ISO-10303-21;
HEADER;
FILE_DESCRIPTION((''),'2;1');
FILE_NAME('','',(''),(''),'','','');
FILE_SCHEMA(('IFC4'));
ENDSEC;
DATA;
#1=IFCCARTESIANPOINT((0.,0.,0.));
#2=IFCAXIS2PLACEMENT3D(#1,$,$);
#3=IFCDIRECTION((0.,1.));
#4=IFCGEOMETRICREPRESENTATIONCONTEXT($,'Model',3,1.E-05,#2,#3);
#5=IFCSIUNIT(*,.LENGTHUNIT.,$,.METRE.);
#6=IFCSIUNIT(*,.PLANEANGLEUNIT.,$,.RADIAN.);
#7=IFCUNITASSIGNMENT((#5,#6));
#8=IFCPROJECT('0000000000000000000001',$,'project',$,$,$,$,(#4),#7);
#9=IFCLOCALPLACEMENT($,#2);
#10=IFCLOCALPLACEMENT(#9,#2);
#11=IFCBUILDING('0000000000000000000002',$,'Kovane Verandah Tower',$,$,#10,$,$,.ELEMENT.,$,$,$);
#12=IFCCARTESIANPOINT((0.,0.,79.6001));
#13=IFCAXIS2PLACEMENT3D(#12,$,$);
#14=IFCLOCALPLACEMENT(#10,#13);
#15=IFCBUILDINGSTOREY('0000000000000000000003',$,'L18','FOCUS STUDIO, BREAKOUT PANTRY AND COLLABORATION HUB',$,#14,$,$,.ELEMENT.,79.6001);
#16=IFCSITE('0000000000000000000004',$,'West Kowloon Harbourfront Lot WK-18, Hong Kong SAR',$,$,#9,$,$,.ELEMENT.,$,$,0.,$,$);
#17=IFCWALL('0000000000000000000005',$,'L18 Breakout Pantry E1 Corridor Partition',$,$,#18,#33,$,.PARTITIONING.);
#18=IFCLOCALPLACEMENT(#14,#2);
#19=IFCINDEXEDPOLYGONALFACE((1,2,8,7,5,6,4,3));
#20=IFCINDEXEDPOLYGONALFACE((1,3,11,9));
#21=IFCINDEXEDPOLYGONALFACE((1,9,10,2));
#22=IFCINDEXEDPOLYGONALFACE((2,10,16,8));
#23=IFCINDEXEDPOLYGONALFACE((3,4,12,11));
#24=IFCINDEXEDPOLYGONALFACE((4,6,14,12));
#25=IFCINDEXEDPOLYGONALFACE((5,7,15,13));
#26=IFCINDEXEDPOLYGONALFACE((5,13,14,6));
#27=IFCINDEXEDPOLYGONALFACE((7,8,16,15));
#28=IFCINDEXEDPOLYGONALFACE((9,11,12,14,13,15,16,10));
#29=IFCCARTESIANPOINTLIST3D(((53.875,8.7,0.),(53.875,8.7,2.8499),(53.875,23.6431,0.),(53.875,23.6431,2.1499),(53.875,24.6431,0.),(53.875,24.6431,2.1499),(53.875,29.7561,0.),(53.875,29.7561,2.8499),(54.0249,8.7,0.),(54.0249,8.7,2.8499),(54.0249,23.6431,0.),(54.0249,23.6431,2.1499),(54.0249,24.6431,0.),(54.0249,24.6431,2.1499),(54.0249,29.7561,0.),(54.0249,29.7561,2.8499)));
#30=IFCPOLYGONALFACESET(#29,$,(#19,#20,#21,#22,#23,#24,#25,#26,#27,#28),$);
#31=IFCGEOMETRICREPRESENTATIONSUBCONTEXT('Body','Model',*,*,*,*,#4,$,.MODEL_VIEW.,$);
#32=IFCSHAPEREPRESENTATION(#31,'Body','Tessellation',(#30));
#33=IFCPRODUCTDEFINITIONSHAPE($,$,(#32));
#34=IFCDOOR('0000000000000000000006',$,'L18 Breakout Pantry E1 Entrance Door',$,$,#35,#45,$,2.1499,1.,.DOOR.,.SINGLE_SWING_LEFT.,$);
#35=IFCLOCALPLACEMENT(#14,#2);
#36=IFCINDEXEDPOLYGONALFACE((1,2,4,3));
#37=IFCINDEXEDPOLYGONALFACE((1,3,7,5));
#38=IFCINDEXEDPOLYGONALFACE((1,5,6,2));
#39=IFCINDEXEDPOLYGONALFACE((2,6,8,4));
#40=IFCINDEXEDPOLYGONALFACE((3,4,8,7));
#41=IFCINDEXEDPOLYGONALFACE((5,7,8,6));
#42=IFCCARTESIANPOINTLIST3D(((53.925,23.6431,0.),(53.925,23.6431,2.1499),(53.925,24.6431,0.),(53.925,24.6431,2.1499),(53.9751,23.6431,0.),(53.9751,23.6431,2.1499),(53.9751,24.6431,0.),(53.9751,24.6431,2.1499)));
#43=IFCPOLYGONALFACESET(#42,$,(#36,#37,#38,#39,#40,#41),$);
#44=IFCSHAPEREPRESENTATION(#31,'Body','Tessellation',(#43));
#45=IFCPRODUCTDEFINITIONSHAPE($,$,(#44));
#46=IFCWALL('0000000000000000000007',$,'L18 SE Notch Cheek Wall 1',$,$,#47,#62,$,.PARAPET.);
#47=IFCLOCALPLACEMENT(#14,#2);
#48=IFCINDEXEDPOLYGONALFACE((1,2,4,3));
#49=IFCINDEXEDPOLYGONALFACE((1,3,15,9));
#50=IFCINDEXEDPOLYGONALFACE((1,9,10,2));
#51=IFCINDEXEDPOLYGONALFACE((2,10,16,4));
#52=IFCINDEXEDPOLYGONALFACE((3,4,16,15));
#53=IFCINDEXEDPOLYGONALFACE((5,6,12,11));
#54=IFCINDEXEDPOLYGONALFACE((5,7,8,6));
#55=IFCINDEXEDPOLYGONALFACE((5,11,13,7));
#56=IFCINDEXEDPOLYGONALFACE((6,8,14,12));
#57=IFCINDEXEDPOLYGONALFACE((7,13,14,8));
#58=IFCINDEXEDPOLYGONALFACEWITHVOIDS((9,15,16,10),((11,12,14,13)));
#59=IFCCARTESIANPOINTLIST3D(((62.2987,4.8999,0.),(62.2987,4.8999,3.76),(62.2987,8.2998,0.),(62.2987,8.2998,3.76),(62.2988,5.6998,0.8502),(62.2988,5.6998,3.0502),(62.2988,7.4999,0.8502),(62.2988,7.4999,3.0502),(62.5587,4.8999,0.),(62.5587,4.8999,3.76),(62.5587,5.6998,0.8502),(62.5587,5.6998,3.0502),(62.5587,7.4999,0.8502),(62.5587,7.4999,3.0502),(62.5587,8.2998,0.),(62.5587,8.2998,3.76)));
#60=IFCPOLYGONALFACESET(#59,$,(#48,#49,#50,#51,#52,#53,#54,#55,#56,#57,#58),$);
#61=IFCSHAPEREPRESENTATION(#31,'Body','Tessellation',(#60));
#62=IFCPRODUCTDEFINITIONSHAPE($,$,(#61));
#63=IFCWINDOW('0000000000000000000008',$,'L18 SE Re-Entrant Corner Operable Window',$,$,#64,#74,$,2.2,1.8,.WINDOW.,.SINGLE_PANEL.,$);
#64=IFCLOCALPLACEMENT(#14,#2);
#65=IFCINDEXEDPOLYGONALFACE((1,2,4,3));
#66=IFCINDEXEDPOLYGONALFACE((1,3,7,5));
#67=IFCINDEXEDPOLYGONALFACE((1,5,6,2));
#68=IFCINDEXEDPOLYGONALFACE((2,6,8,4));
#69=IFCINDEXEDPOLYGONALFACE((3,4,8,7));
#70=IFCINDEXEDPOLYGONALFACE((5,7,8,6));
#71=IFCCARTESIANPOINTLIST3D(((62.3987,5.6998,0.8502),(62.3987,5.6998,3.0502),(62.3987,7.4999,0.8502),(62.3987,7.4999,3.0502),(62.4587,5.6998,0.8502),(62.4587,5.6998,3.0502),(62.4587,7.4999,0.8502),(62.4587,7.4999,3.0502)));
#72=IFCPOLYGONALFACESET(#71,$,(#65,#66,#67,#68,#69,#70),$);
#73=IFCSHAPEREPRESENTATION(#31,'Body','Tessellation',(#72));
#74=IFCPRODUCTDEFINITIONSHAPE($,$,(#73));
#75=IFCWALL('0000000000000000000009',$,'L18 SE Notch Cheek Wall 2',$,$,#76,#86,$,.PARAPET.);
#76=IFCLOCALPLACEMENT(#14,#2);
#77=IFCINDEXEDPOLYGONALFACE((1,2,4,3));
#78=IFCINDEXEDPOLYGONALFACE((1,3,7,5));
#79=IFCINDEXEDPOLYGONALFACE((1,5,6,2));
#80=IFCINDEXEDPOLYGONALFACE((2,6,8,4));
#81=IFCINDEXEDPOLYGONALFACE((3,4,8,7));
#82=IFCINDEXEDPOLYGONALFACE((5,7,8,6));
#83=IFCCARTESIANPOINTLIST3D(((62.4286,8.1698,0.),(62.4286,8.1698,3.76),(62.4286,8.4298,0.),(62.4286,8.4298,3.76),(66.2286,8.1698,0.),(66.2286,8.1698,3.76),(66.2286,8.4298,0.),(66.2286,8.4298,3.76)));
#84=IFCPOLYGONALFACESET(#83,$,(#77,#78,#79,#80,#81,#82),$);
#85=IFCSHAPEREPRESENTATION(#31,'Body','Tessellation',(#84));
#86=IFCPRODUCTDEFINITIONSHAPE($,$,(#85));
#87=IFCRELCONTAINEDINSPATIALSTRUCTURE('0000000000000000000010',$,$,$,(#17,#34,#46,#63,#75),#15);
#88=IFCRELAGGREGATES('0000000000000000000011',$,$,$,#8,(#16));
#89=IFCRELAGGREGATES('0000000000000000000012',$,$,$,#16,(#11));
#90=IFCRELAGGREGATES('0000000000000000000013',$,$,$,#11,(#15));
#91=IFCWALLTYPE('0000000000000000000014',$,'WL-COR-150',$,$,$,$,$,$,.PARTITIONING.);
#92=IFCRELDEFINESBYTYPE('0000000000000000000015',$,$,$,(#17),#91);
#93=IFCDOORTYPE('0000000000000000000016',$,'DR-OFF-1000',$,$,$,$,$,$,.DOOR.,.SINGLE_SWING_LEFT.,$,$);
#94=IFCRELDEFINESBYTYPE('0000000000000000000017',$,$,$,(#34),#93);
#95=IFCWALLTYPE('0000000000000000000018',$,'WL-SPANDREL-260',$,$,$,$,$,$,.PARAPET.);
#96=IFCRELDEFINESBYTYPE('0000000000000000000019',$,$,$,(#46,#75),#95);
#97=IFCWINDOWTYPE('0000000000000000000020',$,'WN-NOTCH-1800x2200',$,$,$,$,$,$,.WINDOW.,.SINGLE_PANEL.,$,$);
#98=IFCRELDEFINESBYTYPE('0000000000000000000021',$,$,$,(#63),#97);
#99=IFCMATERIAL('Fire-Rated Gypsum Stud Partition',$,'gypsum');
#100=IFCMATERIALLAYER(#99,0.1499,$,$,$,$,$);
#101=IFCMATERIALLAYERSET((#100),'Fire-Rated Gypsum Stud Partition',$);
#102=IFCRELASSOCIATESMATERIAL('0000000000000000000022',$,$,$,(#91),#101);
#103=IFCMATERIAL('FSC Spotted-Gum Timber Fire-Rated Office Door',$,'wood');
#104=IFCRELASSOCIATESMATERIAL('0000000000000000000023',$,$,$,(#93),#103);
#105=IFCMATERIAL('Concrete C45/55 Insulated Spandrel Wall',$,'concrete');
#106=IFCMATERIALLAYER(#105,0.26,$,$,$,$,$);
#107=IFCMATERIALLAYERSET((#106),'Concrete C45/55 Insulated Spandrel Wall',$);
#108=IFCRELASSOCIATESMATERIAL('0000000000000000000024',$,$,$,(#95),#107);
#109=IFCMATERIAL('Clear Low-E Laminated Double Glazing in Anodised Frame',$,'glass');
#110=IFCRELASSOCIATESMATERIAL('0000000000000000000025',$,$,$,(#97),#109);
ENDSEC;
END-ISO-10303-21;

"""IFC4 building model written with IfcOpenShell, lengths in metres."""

from ifc_helpers import new_model, si_unit, direction, frame, frame_2d, origin, place, context, subcontext, project, spatial, rectangle, extrude, material, layer, layer_set, type_object, element, fill, save


model = new_model("IFC4")

# Units and contexts
model_context = context("Model", 3, precision=1e-05, world=origin(), true_north=direction((0.0, 1.0)))
body_context = subcontext(model_context, "Body", "Model", "MODEL_VIEW")
ifc_project = project(units=[si_unit("LENGTHUNIT", "METRE"), si_unit("PLANEANGLEUNIT", "RADIAN")], contexts=[model_context])

# Site, building, storey
site_placement = place(None, origin())
site = spatial("IfcSite", under=ifc_project, at=site_placement, Name="West Kowloon Harbourfront Lot WK-18, Hong Kong SAR", CompositionType="ELEMENT", RefElevation=0.0)
building_placement = place(site_placement, origin())
building = spatial("IfcBuilding", under=site, at=building_placement, Name="Kovane Verandah Tower", CompositionType="ELEMENT")
storey_placement = place(building_placement, frame((0.0, 0.0, 79.6001)))
storey = spatial("IfcBuildingStorey", under=building, at=storey_placement, Name="L18", Description="FOCUS STUDIO, BREAKOUT PANTRY AND COLLABORATION HUB", CompositionType="ELEMENT", Elevation=79.6001)

# Wall, opening, door
ifc_material_1 = material(Name="Fire-Rated Gypsum Stud Partition", Category="gypsum")
ifc_layer_1 = layer(ifc_material_1, 0.1499)
ifc_layer_set_1 = layer_set([ifc_layer_1], Name="Fire-Rated Gypsum Stud Partition")
wall_type_1 = type_object("IfcWallType", Name="WL-COR-150", PredefinedType="PARTITIONING", material=ifc_layer_set_1)
wall_1_placement = place(storey_placement, frame((53.95, 8.7, 0.0), z_axis=(0.0, 0.0, 1.0), x_axis=(0.0, 1.0, 0.0)))
wall_1 = element("IfcWall", 1, at=wall_1_placement, inside=storey, type_object=wall_type_1, Name="L18 Breakout Pantry E1 Corridor Partition", PredefinedType="PARTITIONING", context=body_context, shape_type="SweptSolid", body=[
    extrude(rectangle(XDim=21.0562, YDim=0.1499, at=frame_2d((10.5281, 0.0))), origin(), (0.0, 0.0, 1.0), 2.8499),
])
opening_1_placement = place(wall_1_placement, frame((14.9431, 0.0, 0.0)))
opening_1 = element("IfcOpeningElement", 2, at=opening_1_placement, cuts=wall_1, PredefinedType="OPENING", context=body_context, shape_type="SweptSolid", body=[
    extrude(rectangle(XDim=1.0, YDim=2.1499, at=frame_2d((0.5, 1.075))), frame((0.0, 0.075, 0.0), z_axis=(0.0, -1.0, 0.0), x_axis=(1.0, 0.0, 0.0)), (0.0, 0.0, 1.0), 0.1499),
])
ifc_material_2 = material(Name="FSC Spotted-Gum Timber Fire-Rated Office Door", Category="wood")
door_type = type_object("IfcDoorType", Name="DR-OFF-1000", OperationType="SINGLE_SWING_LEFT", PredefinedType="DOOR", material=ifc_material_2)
door_placement = place(opening_1_placement, origin())
door = element("IfcDoor", 3, at=door_placement, inside=storey, type_object=door_type, Name="L18 Breakout Pantry E1 Entrance Door", OperationType="SINGLE_SWING_LEFT", OverallHeight=2.1499, OverallWidth=1.0, PredefinedType="DOOR", context=body_context, shape_type="SweptSolid", body=[
    extrude(rectangle(XDim=1.0, YDim=2.1499, at=frame_2d((0.5, 1.075))), frame((0.0, 0.0249, 0.0), z_axis=(0.0, -1.0, 0.0), x_axis=(1.0, 0.0, 0.0)), (0.0, 0.0, 1.0), 0.05),
])
fill(opening_1, door)

# Wall, opening, window
ifc_material_3 = material(Name="Concrete C45/55 Insulated Spandrel Wall", Category="concrete")
ifc_layer_2 = layer(ifc_material_3, 0.26)
ifc_layer_set_2 = layer_set([ifc_layer_2], Name="Concrete C45/55 Insulated Spandrel Wall")
wall_type_2 = type_object("IfcWallType", Name="WL-SPANDREL-260", PredefinedType="PARAPET", material=ifc_layer_set_2)
wall_2_placement = place(storey_placement, frame((62.4287, 4.8999, 0.0), z_axis=(0.0, 0.0, 1.0), x_axis=(0.0, 1.0, 0.0)))
wall_2 = element("IfcWall", 4, at=wall_2_placement, inside=storey, type_object=wall_type_2, Name="L18 SE Notch Cheek Wall 1", PredefinedType="PARAPET", context=body_context, shape_type="SweptSolid", body=[
    extrude(rectangle(XDim=3.3999, YDim=0.26, at=frame_2d((1.7, 0.0))), origin(), (0.0, 0.0, 1.0), 3.76),
])
opening_2_placement = place(wall_2_placement, frame((0.8, 0.0, 0.8501)))
opening_2 = element("IfcOpeningElement", 5, at=opening_2_placement, cuts=wall_2, PredefinedType="OPENING", context=body_context, shape_type="SweptSolid", body=[
    extrude(rectangle(XDim=1.8, YDim=2.2, at=frame_2d((0.8999, 1.1001))), frame((0.0, 0.1299, 0.0), z_axis=(0.0, -1.0, 0.0), x_axis=(1.0, 0.0, 0.0)), (0.0, 0.0, 1.0), 0.26),
])
ifc_material_4 = material(Name="Clear Low-E Laminated Double Glazing in Anodised Frame", Category="glass")
window_type = type_object("IfcWindowType", Name="WN-NOTCH-1800x2200", PartitioningType="SINGLE_PANEL", PredefinedType="WINDOW", material=ifc_material_4)
window_placement = place(opening_2_placement, origin())
window = element("IfcWindow", 6, at=window_placement, inside=storey, type_object=window_type, Name="L18 SE Re-Entrant Corner Operable Window", OverallHeight=2.2, OverallWidth=1.8, PartitioningType="SINGLE_PANEL", PredefinedType="WINDOW", context=body_context, shape_type="SweptSolid", body=[
    extrude(rectangle(XDim=1.8, YDim=2.2, at=frame_2d((0.8999, 1.1001))), frame((0.0, 0.03, 0.0), z_axis=(0.0, -1.0, 0.0), x_axis=(1.0, 0.0, 0.0)), (0.0, 0.0, 1.0), 0.0601),
])
fill(opening_2, window)

# Wall
wall_3_placement = place(storey_placement, frame((62.4287, 8.2998, 0.0), z_axis=(0.0, 0.0, 1.0), x_axis=(1.0, 0.0, 0.0)))
element("IfcWall", 7, at=wall_3_placement, inside=storey, type_object=wall_type_2, Name="L18 SE Notch Cheek Wall 2", PredefinedType="PARAPET", context=body_context, shape_type="SweptSolid", body=[
    extrude(rectangle(XDim=3.8, YDim=0.26, at=frame_2d((1.8999, 0.0))), origin(), (0.0, 0.0, 1.0), 3.76),
])

save(model, "model.ifc")
